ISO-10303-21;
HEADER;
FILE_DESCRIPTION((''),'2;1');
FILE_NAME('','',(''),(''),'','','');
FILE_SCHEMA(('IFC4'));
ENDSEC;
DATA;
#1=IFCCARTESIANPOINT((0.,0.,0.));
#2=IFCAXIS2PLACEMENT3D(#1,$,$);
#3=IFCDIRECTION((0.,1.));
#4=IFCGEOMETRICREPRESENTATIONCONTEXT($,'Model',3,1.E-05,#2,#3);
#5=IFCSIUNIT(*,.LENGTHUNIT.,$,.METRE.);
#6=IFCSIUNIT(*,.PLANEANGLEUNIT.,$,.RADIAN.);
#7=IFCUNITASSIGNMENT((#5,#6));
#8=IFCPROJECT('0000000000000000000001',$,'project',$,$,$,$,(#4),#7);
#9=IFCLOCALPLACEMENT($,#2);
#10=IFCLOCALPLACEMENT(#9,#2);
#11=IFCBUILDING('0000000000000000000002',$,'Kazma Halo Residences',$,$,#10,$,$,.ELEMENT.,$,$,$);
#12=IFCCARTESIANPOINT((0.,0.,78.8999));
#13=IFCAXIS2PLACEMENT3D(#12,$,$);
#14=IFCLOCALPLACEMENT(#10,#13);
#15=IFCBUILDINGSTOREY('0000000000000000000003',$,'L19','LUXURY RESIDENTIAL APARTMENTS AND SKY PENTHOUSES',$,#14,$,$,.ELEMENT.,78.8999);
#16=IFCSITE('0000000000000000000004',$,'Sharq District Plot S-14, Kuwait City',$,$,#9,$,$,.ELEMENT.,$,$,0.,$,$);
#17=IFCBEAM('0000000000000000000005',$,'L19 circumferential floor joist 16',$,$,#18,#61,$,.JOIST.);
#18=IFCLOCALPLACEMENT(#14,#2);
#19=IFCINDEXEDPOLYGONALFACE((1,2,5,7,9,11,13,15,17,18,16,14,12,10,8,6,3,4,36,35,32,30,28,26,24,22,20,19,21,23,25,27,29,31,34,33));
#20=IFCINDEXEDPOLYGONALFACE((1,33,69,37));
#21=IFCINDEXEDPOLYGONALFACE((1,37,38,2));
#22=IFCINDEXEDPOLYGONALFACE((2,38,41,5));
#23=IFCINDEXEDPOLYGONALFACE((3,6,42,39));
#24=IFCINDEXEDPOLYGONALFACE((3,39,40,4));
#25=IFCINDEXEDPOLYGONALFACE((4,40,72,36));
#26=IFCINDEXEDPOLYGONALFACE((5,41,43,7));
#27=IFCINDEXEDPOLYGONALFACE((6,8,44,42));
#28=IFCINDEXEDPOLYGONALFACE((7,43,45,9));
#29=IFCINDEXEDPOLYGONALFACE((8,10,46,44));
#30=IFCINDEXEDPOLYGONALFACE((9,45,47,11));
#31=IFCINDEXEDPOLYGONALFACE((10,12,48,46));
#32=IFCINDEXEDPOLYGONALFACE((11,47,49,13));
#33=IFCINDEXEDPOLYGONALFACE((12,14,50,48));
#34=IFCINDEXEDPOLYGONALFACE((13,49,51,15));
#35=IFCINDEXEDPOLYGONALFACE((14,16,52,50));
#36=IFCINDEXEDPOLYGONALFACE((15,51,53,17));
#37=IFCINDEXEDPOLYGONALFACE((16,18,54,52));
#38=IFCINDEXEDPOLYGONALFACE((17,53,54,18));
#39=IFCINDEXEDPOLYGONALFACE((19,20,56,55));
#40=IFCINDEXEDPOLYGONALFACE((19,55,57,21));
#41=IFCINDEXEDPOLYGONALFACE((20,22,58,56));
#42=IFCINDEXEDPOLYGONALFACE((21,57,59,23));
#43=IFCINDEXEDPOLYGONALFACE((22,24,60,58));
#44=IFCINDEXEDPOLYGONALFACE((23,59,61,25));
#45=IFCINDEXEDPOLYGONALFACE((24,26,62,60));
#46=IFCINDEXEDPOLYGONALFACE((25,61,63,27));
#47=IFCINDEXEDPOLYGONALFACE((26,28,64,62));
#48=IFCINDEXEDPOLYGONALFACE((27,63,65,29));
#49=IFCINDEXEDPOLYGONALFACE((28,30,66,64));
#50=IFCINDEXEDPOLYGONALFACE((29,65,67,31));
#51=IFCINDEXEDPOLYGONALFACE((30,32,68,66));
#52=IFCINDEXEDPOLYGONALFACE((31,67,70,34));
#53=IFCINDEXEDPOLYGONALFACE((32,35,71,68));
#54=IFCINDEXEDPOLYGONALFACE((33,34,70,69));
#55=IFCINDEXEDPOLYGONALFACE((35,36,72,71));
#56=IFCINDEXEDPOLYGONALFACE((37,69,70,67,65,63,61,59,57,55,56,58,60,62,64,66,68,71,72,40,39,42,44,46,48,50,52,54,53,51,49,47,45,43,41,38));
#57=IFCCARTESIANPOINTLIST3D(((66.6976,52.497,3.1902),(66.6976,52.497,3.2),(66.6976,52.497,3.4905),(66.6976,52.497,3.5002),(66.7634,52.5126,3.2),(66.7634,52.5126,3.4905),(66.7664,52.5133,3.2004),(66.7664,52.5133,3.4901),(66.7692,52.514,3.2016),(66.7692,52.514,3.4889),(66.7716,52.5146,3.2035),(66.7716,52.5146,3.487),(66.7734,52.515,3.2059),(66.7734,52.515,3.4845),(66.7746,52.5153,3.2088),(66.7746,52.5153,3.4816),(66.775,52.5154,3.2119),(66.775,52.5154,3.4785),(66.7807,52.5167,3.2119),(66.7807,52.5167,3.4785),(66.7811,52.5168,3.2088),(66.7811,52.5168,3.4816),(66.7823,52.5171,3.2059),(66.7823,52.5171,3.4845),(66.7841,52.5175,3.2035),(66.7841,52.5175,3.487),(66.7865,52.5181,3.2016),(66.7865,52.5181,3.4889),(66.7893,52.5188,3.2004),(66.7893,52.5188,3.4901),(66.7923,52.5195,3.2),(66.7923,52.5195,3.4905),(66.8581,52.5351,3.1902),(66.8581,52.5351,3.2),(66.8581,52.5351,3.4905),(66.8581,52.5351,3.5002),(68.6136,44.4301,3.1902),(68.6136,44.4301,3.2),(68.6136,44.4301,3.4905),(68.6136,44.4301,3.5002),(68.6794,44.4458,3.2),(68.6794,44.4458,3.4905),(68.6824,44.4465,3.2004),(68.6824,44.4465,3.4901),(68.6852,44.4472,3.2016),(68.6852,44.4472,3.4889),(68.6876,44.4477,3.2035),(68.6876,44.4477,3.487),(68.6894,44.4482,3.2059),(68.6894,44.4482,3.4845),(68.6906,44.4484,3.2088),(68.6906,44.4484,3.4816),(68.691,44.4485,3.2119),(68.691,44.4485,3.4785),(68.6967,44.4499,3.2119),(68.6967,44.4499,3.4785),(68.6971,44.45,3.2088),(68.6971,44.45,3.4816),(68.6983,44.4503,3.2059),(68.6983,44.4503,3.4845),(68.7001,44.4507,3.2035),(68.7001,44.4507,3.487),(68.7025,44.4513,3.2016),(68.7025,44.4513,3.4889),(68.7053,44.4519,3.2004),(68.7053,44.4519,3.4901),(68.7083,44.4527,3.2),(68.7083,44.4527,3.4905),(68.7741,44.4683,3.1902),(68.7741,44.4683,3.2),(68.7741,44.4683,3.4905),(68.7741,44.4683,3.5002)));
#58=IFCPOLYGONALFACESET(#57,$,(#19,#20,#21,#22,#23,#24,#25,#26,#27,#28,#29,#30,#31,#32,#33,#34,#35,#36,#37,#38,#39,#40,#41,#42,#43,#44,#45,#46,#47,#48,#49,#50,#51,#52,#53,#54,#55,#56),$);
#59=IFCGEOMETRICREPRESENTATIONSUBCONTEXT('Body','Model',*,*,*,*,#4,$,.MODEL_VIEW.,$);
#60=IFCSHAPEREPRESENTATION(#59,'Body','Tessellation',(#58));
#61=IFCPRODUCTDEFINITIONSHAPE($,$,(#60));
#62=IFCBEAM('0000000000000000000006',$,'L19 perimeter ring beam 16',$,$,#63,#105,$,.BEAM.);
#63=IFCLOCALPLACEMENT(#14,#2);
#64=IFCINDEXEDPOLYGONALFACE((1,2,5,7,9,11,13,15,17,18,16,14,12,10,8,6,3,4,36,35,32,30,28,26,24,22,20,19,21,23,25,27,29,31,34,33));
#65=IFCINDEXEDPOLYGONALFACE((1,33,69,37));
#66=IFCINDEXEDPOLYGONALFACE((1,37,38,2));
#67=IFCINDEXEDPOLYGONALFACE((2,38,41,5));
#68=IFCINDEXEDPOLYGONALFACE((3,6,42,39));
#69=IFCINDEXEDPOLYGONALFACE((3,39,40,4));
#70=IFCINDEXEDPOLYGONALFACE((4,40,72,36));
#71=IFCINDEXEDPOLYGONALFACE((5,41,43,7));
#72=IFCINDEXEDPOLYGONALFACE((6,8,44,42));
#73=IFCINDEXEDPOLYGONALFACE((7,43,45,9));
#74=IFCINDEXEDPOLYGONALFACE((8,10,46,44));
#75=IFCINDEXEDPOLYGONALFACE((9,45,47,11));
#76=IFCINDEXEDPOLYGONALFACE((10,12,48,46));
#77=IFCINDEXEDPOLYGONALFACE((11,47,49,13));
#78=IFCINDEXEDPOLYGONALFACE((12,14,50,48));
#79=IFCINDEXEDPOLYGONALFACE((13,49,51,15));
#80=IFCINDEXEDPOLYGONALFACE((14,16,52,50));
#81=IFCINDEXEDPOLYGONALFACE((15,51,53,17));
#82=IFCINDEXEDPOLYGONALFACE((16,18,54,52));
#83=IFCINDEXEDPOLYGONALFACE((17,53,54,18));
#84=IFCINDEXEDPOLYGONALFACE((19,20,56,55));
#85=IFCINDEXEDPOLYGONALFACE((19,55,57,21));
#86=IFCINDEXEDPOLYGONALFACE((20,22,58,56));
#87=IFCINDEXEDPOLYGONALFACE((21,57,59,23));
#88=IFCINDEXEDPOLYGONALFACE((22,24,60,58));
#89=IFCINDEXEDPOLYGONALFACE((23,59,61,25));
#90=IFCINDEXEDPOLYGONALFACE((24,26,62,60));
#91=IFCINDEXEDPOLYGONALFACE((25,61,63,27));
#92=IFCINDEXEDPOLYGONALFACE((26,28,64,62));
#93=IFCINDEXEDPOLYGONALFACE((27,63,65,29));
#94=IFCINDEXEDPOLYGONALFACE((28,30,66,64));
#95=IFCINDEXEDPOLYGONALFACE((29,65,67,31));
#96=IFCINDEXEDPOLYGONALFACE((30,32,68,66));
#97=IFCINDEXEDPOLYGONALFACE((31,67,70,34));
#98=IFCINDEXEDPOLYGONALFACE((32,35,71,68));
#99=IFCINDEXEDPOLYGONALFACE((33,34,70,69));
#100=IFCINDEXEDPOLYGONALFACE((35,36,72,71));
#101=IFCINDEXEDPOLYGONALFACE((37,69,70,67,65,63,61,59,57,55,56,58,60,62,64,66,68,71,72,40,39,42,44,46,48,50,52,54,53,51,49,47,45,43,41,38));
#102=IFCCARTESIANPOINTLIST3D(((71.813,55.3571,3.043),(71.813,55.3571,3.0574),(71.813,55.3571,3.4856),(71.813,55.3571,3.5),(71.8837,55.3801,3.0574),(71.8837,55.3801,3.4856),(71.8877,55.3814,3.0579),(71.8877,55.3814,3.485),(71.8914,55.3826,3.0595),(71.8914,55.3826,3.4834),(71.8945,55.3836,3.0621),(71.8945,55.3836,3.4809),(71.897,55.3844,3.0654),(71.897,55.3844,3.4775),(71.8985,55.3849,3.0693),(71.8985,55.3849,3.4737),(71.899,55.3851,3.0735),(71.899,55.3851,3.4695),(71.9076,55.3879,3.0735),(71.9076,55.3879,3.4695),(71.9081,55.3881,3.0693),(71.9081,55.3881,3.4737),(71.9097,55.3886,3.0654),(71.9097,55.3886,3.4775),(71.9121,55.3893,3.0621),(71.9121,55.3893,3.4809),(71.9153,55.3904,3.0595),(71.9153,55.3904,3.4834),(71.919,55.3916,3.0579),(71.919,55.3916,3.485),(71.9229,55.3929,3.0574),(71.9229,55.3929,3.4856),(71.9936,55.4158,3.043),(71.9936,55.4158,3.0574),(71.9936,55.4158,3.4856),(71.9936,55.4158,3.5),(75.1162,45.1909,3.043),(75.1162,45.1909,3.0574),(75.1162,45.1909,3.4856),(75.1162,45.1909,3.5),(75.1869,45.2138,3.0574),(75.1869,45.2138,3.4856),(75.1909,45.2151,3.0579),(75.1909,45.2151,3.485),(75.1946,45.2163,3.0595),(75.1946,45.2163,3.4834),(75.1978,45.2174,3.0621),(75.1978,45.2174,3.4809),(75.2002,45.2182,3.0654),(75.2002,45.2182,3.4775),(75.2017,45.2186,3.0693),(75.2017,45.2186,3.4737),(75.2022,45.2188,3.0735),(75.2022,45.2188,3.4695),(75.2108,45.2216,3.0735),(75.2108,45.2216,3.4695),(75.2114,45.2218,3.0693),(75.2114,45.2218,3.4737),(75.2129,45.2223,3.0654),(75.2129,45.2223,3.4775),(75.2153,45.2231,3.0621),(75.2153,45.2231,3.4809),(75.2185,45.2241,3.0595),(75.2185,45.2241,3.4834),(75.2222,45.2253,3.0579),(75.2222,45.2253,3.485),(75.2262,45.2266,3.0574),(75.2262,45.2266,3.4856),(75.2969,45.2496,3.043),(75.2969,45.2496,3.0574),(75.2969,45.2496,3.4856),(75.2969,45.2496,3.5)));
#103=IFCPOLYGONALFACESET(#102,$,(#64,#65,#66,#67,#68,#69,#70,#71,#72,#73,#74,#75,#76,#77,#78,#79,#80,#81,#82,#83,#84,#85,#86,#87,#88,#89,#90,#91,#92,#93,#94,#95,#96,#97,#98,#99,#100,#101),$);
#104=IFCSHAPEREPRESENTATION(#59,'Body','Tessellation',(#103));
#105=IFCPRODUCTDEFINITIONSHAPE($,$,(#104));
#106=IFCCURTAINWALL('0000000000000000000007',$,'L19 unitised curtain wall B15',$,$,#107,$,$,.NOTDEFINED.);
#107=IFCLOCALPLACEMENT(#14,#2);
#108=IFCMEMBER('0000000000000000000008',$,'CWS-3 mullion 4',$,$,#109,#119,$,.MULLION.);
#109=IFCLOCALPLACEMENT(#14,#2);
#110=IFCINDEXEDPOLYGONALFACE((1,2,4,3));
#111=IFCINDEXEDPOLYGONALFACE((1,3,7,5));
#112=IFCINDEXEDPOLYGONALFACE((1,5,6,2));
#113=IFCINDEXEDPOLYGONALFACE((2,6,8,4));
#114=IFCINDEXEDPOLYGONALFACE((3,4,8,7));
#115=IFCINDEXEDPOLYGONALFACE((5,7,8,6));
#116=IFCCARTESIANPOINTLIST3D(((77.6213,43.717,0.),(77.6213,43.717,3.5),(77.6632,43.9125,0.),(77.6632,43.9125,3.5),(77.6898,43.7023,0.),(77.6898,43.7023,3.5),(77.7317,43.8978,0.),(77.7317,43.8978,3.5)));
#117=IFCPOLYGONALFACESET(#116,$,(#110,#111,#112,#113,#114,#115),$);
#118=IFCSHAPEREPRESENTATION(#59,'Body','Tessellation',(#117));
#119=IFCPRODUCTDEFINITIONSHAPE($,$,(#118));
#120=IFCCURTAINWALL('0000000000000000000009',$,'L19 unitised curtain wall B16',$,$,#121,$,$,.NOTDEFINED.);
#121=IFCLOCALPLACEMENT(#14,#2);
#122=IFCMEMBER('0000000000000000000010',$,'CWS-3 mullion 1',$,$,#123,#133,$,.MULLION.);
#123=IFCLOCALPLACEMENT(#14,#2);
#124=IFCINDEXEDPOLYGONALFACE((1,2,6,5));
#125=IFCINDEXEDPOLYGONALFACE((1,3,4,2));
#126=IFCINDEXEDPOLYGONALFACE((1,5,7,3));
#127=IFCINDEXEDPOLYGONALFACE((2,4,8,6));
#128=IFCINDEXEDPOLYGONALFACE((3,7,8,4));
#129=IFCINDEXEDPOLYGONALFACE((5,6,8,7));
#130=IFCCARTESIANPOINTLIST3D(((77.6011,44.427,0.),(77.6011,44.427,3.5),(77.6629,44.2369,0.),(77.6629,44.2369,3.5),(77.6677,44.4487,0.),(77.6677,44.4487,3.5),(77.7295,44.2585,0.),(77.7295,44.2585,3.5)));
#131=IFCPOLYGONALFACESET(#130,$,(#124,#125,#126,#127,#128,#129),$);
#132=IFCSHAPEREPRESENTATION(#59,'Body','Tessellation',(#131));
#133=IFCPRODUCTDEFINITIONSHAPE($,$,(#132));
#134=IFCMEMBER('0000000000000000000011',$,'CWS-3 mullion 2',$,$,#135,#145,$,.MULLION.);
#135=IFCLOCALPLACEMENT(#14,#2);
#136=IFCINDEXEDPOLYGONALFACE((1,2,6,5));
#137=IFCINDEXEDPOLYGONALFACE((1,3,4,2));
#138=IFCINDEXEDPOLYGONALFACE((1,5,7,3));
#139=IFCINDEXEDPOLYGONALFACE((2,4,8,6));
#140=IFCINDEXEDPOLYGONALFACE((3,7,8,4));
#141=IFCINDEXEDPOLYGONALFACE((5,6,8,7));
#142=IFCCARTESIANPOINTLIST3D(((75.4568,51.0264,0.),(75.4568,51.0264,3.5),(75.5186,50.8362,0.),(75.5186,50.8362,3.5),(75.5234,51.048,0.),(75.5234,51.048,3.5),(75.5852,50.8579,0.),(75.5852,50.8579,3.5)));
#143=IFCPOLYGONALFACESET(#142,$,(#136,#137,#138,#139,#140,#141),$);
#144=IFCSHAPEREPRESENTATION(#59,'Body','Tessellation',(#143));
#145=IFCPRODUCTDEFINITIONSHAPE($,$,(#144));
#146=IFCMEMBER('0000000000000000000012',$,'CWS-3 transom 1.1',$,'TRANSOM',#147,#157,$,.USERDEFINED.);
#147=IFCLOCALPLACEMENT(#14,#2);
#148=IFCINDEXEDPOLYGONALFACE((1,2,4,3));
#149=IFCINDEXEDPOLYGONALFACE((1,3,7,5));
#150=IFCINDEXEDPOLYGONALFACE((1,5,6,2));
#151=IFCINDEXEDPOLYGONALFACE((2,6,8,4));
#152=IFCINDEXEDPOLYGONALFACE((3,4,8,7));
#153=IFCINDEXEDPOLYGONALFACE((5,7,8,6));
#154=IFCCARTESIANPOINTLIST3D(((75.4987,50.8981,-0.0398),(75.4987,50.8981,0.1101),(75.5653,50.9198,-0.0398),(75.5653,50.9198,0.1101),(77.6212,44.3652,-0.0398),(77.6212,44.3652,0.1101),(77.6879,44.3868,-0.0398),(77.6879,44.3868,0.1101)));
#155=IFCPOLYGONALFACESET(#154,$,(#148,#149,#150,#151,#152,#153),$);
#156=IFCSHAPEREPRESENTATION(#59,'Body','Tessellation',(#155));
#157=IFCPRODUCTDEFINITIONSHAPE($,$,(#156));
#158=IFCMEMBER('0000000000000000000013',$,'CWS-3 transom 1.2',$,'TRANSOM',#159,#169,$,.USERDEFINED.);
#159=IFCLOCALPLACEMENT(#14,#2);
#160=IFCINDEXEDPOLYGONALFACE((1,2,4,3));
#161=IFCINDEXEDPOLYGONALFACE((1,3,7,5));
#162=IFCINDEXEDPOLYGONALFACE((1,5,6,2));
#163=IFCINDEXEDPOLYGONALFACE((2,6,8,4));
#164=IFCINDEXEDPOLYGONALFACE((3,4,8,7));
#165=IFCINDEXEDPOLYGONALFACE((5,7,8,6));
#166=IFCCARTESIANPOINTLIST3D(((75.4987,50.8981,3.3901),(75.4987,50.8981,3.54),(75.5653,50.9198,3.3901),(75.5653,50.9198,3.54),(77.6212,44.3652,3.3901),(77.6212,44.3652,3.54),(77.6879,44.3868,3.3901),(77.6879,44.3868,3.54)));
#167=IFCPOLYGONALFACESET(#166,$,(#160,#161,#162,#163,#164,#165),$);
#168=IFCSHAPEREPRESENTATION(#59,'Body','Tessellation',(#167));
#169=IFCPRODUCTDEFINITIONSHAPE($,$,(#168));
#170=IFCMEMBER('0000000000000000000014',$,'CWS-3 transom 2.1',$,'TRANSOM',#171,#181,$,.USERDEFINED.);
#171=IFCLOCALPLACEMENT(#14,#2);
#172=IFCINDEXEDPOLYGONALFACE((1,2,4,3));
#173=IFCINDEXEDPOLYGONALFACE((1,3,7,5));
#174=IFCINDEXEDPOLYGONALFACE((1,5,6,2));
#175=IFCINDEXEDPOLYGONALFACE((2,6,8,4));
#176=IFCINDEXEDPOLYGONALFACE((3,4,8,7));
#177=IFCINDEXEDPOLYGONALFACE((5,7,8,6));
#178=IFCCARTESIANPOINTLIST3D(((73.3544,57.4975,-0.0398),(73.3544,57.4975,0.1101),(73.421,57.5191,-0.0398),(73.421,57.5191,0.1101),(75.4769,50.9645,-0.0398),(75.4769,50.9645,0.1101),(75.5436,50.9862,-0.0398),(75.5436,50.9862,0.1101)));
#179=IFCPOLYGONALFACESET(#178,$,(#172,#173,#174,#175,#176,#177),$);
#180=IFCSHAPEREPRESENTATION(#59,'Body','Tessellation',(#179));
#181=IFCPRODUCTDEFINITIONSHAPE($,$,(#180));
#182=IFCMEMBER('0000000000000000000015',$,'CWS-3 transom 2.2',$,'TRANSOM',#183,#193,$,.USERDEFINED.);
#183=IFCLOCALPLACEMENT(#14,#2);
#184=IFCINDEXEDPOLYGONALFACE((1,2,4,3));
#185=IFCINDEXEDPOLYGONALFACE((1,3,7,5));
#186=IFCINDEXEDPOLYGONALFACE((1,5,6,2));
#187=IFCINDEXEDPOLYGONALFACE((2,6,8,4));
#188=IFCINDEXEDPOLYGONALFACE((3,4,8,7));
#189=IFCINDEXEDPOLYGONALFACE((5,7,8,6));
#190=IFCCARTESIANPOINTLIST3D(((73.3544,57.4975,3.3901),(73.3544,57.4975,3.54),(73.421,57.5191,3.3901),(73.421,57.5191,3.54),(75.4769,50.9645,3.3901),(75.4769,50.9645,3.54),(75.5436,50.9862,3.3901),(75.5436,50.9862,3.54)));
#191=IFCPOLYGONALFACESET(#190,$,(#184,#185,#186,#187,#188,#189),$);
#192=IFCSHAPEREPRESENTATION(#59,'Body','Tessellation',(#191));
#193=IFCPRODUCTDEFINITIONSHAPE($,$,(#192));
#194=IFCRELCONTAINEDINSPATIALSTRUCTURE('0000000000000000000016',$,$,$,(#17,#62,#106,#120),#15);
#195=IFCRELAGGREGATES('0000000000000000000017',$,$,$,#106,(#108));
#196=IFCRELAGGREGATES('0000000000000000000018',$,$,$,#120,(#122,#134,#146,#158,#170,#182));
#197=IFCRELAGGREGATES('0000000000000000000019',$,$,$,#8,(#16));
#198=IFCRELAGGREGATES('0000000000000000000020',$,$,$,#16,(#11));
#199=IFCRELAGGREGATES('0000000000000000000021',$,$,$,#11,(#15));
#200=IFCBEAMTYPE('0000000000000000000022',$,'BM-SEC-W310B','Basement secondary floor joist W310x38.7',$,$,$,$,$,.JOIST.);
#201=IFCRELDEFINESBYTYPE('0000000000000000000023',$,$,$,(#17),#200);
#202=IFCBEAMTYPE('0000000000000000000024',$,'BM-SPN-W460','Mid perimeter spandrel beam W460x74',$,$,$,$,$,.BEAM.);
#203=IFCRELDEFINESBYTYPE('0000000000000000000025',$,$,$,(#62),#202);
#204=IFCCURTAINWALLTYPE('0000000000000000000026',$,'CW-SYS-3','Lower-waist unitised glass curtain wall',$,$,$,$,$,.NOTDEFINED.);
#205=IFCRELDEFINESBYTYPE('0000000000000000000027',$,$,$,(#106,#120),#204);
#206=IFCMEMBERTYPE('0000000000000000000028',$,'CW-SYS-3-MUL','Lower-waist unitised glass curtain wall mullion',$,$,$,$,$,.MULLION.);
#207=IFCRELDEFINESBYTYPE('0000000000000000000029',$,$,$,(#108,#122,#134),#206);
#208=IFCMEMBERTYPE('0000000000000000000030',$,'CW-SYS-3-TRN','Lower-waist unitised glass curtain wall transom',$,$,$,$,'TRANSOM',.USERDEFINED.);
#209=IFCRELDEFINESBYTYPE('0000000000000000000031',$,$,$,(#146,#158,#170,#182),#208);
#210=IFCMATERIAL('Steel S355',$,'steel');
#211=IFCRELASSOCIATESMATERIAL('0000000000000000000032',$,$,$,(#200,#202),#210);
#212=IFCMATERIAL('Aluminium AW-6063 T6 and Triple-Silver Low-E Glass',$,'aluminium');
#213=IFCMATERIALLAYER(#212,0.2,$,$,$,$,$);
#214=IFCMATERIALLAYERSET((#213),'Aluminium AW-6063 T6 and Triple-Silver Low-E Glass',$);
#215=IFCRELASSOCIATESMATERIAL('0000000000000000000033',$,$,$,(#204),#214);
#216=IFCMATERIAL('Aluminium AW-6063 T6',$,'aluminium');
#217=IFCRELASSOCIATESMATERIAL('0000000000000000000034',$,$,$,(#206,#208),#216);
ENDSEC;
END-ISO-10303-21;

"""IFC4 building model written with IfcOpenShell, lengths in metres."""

from ifc_helpers import new_model, si_unit, direction, frame, origin, origin_2d, place, context, subcontext, project, spatial, rectangle, i_section, extrude, material, layer, layer_set, material_profile, profile_set, type_object, element, aggregate, save


model = new_model("IFC4")

# Units and contexts
model_context = context("Model", 3, precision=1e-05, world=origin(), true_north=direction((0.0, 1.0)))
body_context = subcontext(model_context, "Body", "Model", "MODEL_VIEW")
ifc_project = project(units=[si_unit("LENGTHUNIT", "METRE"), si_unit("PLANEANGLEUNIT", "RADIAN")], contexts=[model_context])

# Site, building, storey
site_placement = place(None, origin())
site = spatial("IfcSite", under=ifc_project, at=site_placement, Name="Sharq District Plot S-14, Kuwait City", CompositionType="ELEMENT", RefElevation=0.0)
building_placement = place(site_placement, origin())
building = spatial("IfcBuilding", under=site, at=building_placement, Name="Kazma Halo Residences", CompositionType="ELEMENT")
storey_placement = place(building_placement, frame((0.0, 0.0, 78.8999)))
storey = spatial("IfcBuildingStorey", under=building, at=storey_placement, Name="L19", Description="LUXURY RESIDENTIAL APARTMENTS AND SKY PENTHOUSES", CompositionType="ELEMENT", Elevation=78.8999)

# Beams
ifc_material_1 = material(Name="Steel S355", Category="steel")
ifc_material_profile_1 = material_profile(ifc_material_1, i_section(OverallWidth=0.165, OverallDepth=0.3101, WebThickness=0.0059, FlangeThickness=0.0098, FilletRadius=0.012, at=origin_2d()), Name="W310x38.7")
ifc_profile_set_1 = profile_set([ifc_material_profile_1], Name="Steel S355")
beam_type_1 = type_object("IfcBeamType", Name="BM-SEC-W310B", Description="Basement secondary floor joist W310x38.7", PredefinedType="JOIST", material=ifc_profile_set_1)
beam_1_placement = place(storey_placement, frame((68.6938, 44.4492, 3.3452), z_axis=(-0.231087, 0.972933, 0.0), x_axis=(-0.972933, -0.231087, 0.0)))
element("IfcBeam", 1, at=beam_1_placement, inside=storey, type_object=beam_type_1, Name="L19 circumferential floor joist 16", PredefinedType="JOIST", context=body_context, shape_type="SweptSolid", body=[
    extrude(i_section(OverallWidth=0.165, OverallDepth=0.3101, WebThickness=0.0059, FlangeThickness=0.0098, FilletRadius=0.012, at=origin_2d()), origin(), (0.0, 0.0, 1.0), 8.2913),
])
ifc_material_profile_2 = material_profile(ifc_material_1, i_section(OverallWidth=0.1899, OverallDepth=0.457, WebThickness=0.009, FlangeThickness=0.0144, FilletRadius=0.0161, at=origin_2d()), Name="W460x74")
ifc_profile_set_2 = profile_set([ifc_material_profile_2], Name="Steel S355")
beam_type_2 = type_object("IfcBeamType", Name="BM-SPN-W460", Description="Mid perimeter spandrel beam W460x74", PredefinedType="BEAM", material=ifc_profile_set_2)
beam_2_placement = place(storey_placement, frame((75.2065, 45.2202, 3.2715), z_axis=(-0.309017, 0.951056, 0.0), x_axis=(-0.951056, -0.309017, 0.0)))
element("IfcBeam", 2, at=beam_2_placement, inside=storey, type_object=beam_type_2, Name="L19 perimeter ring beam 16", PredefinedType="BEAM", context=body_context, shape_type="SweptSolid", body=[
    extrude(i_section(OverallWidth=0.1899, OverallDepth=0.457, WebThickness=0.009, FlangeThickness=0.0144, FilletRadius=0.0161, at=origin_2d()), origin(), (0.0, 0.0, 1.0), 10.6895),
])

# Curtain wall, member
ifc_material_2 = material(Name="Aluminium AW-6063 T6 and Triple-Silver Low-E Glass", Category="aluminium")
ifc_layer_1 = layer(ifc_material_2, 0.2)
ifc_layer_set_1 = layer_set([ifc_layer_1], Name="Aluminium AW-6063 T6 and Triple-Silver Low-E Glass")
curtain_wall_type = type_object("IfcCurtainWallType", Name="CW-SYS-3", Description="Lower-waist unitised glass curtain wall", PredefinedType="NOTDEFINED", material=ifc_layer_set_1)
curtain_wall_1_placement = place(storey_placement, origin())
curtain_wall_1 = element("IfcCurtainWall", 3, at=curtain_wall_1_placement, inside=storey, type_object=curtain_wall_type, Name="L19 unitised curtain wall B15", PredefinedType="NOTDEFINED")
ifc_material_3 = material(Name="Aluminium AW-6063 T6", Category="aluminium")
ifc_material_profile_3 = material_profile(ifc_material_3, rectangle(XDim=0.0701, YDim=0.2, at=origin_2d()), Name="CWM-70x200")
ifc_profile_set_3 = profile_set([ifc_material_profile_3], Name="Aluminium AW-6063 T6")
member_type_1 = type_object("IfcMemberType", Name="CW-SYS-3-MUL", Description="Lower-waist unitised glass curtain wall mullion", PredefinedType="MULLION", material=ifc_profile_set_3)
member_1_placement = place(storey_placement, frame((77.6765, 43.8074, 0.0), z_axis=(0.0, 0.0, 1.0), x_axis=(-0.977774, 0.209661, 0.0)))
member_1 = element("IfcMember", 4, at=member_1_placement, type_object=member_type_1, Name="CWS-3 mullion 4", PredefinedType="MULLION", context=body_context, shape_type="SweptSolid", body=[
    extrude(rectangle(XDim=0.0701, YDim=0.2, at=origin_2d()), origin(), (0.0, 0.0, 1.0), 3.5),
])

# Curtain wall, members
curtain_wall_2_placement = place(storey_placement, origin())
curtain_wall_2 = element("IfcCurtainWall", 5, at=curtain_wall_2_placement, inside=storey, type_object=curtain_wall_type, Name="L19 unitised curtain wall B16", PredefinedType="NOTDEFINED")
member_2_placement = place(storey_placement, frame((77.6653, 44.3428, 0.0), z_axis=(0.0, 0.0, 1.0), x_axis=(-0.951058, -0.309013, 0.0)))
member_2 = element("IfcMember", 6, at=member_2_placement, type_object=member_type_1, Name="CWS-3 mullion 1", PredefinedType="MULLION", context=body_context, shape_type="SweptSolid", body=[
    extrude(rectangle(XDim=0.0701, YDim=0.2, at=origin_2d()), origin(), (0.0, 0.0, 1.0), 3.5),
])
member_3_placement = place(storey_placement, frame((75.521, 50.9421, 0.0), z_axis=(0.0, 0.0, 1.0), x_axis=(-0.951058, -0.309013, 0.0)))
member_3 = element("IfcMember", 7, at=member_3_placement, type_object=member_type_1, Name="CWS-3 mullion 2", PredefinedType="MULLION", context=body_context, shape_type="SweptSolid", body=[
    extrude(rectangle(XDim=0.0701, YDim=0.2, at=origin_2d()), origin(), (0.0, 0.0, 1.0), 3.5),
])
ifc_material_profile_4 = material_profile(ifc_material_3, rectangle(XDim=0.0701, YDim=0.1499, at=origin_2d()), Name="CWT-70x150")
ifc_profile_set_4 = profile_set([ifc_material_profile_4], Name="Aluminium AW-6063 T6")
member_type_2 = type_object("IfcMemberType", Name="CW-SYS-3-TRN", Description="Lower-waist unitised glass curtain wall transom", ElementType="TRANSOM", PredefinedType="USERDEFINED", material=ifc_profile_set_4)
member_4_placement = place(storey_placement, frame((77.6545, 44.376, 0.0352), z_axis=(-0.309, 0.951062, 0.0), x_axis=(-0.951062, -0.309, 0.0)))
member_4 = element("IfcMember", 8, at=member_4_placement, type_object=member_type_2, Name="CWS-3 transom 1.1", ObjectType="TRANSOM", PredefinedType="USERDEFINED", context=body_context, shape_type="SweptSolid", body=[
    extrude(rectangle(XDim=0.0701, YDim=0.1499, at=origin_2d()), origin(), (0.0, 0.0, 1.0), 6.8691),
])
member_5_placement = place(storey_placement, frame((77.6545, 44.376, 3.4651), z_axis=(-0.309, 0.951062, 0.0), x_axis=(-0.951062, -0.309, 0.0)))
member_5 = element("IfcMember", 9, at=member_5_placement, type_object=member_type_2, Name="CWS-3 transom 1.2", ObjectType="TRANSOM", PredefinedType="USERDEFINED", context=body_context, shape_type="SweptSolid", body=[
    extrude(rectangle(XDim=0.0701, YDim=0.1499, at=origin_2d()), origin(), (0.0, 0.0, 1.0), 6.8691),
])
member_6_placement = place(storey_placement, frame((75.5103, 50.9753, 0.0352), z_axis=(-0.309, 0.951062, 0.0), x_axis=(-0.951062, -0.309, 0.0)))
member_6 = element("IfcMember", 10, at=member_6_placement, type_object=member_type_2, Name="CWS-3 transom 2.1", ObjectType="TRANSOM", PredefinedType="USERDEFINED", context=body_context, shape_type="SweptSolid", body=[
    extrude(rectangle(XDim=0.0701, YDim=0.1499, at=origin_2d()), origin(), (0.0, 0.0, 1.0), 6.8691),
])
member_7_placement = place(storey_placement, frame((75.5103, 50.9753, 3.4651), z_axis=(-0.309, 0.951062, 0.0), x_axis=(-0.951062, -0.309, 0.0)))
member_7 = element("IfcMember", 11, at=member_7_placement, type_object=member_type_2, Name="CWS-3 transom 2.2", ObjectType="TRANSOM", PredefinedType="USERDEFINED", context=body_context, shape_type="SweptSolid", body=[
    extrude(rectangle(XDim=0.0701, YDim=0.1499, at=origin_2d()), origin(), (0.0, 0.0, 1.0), 6.8691),
])

aggregate(curtain_wall_1, [member_1])
aggregate(curtain_wall_2, [member_2, member_3, member_4, member_5, member_6, member_7])

save(model, "model.ifc")
